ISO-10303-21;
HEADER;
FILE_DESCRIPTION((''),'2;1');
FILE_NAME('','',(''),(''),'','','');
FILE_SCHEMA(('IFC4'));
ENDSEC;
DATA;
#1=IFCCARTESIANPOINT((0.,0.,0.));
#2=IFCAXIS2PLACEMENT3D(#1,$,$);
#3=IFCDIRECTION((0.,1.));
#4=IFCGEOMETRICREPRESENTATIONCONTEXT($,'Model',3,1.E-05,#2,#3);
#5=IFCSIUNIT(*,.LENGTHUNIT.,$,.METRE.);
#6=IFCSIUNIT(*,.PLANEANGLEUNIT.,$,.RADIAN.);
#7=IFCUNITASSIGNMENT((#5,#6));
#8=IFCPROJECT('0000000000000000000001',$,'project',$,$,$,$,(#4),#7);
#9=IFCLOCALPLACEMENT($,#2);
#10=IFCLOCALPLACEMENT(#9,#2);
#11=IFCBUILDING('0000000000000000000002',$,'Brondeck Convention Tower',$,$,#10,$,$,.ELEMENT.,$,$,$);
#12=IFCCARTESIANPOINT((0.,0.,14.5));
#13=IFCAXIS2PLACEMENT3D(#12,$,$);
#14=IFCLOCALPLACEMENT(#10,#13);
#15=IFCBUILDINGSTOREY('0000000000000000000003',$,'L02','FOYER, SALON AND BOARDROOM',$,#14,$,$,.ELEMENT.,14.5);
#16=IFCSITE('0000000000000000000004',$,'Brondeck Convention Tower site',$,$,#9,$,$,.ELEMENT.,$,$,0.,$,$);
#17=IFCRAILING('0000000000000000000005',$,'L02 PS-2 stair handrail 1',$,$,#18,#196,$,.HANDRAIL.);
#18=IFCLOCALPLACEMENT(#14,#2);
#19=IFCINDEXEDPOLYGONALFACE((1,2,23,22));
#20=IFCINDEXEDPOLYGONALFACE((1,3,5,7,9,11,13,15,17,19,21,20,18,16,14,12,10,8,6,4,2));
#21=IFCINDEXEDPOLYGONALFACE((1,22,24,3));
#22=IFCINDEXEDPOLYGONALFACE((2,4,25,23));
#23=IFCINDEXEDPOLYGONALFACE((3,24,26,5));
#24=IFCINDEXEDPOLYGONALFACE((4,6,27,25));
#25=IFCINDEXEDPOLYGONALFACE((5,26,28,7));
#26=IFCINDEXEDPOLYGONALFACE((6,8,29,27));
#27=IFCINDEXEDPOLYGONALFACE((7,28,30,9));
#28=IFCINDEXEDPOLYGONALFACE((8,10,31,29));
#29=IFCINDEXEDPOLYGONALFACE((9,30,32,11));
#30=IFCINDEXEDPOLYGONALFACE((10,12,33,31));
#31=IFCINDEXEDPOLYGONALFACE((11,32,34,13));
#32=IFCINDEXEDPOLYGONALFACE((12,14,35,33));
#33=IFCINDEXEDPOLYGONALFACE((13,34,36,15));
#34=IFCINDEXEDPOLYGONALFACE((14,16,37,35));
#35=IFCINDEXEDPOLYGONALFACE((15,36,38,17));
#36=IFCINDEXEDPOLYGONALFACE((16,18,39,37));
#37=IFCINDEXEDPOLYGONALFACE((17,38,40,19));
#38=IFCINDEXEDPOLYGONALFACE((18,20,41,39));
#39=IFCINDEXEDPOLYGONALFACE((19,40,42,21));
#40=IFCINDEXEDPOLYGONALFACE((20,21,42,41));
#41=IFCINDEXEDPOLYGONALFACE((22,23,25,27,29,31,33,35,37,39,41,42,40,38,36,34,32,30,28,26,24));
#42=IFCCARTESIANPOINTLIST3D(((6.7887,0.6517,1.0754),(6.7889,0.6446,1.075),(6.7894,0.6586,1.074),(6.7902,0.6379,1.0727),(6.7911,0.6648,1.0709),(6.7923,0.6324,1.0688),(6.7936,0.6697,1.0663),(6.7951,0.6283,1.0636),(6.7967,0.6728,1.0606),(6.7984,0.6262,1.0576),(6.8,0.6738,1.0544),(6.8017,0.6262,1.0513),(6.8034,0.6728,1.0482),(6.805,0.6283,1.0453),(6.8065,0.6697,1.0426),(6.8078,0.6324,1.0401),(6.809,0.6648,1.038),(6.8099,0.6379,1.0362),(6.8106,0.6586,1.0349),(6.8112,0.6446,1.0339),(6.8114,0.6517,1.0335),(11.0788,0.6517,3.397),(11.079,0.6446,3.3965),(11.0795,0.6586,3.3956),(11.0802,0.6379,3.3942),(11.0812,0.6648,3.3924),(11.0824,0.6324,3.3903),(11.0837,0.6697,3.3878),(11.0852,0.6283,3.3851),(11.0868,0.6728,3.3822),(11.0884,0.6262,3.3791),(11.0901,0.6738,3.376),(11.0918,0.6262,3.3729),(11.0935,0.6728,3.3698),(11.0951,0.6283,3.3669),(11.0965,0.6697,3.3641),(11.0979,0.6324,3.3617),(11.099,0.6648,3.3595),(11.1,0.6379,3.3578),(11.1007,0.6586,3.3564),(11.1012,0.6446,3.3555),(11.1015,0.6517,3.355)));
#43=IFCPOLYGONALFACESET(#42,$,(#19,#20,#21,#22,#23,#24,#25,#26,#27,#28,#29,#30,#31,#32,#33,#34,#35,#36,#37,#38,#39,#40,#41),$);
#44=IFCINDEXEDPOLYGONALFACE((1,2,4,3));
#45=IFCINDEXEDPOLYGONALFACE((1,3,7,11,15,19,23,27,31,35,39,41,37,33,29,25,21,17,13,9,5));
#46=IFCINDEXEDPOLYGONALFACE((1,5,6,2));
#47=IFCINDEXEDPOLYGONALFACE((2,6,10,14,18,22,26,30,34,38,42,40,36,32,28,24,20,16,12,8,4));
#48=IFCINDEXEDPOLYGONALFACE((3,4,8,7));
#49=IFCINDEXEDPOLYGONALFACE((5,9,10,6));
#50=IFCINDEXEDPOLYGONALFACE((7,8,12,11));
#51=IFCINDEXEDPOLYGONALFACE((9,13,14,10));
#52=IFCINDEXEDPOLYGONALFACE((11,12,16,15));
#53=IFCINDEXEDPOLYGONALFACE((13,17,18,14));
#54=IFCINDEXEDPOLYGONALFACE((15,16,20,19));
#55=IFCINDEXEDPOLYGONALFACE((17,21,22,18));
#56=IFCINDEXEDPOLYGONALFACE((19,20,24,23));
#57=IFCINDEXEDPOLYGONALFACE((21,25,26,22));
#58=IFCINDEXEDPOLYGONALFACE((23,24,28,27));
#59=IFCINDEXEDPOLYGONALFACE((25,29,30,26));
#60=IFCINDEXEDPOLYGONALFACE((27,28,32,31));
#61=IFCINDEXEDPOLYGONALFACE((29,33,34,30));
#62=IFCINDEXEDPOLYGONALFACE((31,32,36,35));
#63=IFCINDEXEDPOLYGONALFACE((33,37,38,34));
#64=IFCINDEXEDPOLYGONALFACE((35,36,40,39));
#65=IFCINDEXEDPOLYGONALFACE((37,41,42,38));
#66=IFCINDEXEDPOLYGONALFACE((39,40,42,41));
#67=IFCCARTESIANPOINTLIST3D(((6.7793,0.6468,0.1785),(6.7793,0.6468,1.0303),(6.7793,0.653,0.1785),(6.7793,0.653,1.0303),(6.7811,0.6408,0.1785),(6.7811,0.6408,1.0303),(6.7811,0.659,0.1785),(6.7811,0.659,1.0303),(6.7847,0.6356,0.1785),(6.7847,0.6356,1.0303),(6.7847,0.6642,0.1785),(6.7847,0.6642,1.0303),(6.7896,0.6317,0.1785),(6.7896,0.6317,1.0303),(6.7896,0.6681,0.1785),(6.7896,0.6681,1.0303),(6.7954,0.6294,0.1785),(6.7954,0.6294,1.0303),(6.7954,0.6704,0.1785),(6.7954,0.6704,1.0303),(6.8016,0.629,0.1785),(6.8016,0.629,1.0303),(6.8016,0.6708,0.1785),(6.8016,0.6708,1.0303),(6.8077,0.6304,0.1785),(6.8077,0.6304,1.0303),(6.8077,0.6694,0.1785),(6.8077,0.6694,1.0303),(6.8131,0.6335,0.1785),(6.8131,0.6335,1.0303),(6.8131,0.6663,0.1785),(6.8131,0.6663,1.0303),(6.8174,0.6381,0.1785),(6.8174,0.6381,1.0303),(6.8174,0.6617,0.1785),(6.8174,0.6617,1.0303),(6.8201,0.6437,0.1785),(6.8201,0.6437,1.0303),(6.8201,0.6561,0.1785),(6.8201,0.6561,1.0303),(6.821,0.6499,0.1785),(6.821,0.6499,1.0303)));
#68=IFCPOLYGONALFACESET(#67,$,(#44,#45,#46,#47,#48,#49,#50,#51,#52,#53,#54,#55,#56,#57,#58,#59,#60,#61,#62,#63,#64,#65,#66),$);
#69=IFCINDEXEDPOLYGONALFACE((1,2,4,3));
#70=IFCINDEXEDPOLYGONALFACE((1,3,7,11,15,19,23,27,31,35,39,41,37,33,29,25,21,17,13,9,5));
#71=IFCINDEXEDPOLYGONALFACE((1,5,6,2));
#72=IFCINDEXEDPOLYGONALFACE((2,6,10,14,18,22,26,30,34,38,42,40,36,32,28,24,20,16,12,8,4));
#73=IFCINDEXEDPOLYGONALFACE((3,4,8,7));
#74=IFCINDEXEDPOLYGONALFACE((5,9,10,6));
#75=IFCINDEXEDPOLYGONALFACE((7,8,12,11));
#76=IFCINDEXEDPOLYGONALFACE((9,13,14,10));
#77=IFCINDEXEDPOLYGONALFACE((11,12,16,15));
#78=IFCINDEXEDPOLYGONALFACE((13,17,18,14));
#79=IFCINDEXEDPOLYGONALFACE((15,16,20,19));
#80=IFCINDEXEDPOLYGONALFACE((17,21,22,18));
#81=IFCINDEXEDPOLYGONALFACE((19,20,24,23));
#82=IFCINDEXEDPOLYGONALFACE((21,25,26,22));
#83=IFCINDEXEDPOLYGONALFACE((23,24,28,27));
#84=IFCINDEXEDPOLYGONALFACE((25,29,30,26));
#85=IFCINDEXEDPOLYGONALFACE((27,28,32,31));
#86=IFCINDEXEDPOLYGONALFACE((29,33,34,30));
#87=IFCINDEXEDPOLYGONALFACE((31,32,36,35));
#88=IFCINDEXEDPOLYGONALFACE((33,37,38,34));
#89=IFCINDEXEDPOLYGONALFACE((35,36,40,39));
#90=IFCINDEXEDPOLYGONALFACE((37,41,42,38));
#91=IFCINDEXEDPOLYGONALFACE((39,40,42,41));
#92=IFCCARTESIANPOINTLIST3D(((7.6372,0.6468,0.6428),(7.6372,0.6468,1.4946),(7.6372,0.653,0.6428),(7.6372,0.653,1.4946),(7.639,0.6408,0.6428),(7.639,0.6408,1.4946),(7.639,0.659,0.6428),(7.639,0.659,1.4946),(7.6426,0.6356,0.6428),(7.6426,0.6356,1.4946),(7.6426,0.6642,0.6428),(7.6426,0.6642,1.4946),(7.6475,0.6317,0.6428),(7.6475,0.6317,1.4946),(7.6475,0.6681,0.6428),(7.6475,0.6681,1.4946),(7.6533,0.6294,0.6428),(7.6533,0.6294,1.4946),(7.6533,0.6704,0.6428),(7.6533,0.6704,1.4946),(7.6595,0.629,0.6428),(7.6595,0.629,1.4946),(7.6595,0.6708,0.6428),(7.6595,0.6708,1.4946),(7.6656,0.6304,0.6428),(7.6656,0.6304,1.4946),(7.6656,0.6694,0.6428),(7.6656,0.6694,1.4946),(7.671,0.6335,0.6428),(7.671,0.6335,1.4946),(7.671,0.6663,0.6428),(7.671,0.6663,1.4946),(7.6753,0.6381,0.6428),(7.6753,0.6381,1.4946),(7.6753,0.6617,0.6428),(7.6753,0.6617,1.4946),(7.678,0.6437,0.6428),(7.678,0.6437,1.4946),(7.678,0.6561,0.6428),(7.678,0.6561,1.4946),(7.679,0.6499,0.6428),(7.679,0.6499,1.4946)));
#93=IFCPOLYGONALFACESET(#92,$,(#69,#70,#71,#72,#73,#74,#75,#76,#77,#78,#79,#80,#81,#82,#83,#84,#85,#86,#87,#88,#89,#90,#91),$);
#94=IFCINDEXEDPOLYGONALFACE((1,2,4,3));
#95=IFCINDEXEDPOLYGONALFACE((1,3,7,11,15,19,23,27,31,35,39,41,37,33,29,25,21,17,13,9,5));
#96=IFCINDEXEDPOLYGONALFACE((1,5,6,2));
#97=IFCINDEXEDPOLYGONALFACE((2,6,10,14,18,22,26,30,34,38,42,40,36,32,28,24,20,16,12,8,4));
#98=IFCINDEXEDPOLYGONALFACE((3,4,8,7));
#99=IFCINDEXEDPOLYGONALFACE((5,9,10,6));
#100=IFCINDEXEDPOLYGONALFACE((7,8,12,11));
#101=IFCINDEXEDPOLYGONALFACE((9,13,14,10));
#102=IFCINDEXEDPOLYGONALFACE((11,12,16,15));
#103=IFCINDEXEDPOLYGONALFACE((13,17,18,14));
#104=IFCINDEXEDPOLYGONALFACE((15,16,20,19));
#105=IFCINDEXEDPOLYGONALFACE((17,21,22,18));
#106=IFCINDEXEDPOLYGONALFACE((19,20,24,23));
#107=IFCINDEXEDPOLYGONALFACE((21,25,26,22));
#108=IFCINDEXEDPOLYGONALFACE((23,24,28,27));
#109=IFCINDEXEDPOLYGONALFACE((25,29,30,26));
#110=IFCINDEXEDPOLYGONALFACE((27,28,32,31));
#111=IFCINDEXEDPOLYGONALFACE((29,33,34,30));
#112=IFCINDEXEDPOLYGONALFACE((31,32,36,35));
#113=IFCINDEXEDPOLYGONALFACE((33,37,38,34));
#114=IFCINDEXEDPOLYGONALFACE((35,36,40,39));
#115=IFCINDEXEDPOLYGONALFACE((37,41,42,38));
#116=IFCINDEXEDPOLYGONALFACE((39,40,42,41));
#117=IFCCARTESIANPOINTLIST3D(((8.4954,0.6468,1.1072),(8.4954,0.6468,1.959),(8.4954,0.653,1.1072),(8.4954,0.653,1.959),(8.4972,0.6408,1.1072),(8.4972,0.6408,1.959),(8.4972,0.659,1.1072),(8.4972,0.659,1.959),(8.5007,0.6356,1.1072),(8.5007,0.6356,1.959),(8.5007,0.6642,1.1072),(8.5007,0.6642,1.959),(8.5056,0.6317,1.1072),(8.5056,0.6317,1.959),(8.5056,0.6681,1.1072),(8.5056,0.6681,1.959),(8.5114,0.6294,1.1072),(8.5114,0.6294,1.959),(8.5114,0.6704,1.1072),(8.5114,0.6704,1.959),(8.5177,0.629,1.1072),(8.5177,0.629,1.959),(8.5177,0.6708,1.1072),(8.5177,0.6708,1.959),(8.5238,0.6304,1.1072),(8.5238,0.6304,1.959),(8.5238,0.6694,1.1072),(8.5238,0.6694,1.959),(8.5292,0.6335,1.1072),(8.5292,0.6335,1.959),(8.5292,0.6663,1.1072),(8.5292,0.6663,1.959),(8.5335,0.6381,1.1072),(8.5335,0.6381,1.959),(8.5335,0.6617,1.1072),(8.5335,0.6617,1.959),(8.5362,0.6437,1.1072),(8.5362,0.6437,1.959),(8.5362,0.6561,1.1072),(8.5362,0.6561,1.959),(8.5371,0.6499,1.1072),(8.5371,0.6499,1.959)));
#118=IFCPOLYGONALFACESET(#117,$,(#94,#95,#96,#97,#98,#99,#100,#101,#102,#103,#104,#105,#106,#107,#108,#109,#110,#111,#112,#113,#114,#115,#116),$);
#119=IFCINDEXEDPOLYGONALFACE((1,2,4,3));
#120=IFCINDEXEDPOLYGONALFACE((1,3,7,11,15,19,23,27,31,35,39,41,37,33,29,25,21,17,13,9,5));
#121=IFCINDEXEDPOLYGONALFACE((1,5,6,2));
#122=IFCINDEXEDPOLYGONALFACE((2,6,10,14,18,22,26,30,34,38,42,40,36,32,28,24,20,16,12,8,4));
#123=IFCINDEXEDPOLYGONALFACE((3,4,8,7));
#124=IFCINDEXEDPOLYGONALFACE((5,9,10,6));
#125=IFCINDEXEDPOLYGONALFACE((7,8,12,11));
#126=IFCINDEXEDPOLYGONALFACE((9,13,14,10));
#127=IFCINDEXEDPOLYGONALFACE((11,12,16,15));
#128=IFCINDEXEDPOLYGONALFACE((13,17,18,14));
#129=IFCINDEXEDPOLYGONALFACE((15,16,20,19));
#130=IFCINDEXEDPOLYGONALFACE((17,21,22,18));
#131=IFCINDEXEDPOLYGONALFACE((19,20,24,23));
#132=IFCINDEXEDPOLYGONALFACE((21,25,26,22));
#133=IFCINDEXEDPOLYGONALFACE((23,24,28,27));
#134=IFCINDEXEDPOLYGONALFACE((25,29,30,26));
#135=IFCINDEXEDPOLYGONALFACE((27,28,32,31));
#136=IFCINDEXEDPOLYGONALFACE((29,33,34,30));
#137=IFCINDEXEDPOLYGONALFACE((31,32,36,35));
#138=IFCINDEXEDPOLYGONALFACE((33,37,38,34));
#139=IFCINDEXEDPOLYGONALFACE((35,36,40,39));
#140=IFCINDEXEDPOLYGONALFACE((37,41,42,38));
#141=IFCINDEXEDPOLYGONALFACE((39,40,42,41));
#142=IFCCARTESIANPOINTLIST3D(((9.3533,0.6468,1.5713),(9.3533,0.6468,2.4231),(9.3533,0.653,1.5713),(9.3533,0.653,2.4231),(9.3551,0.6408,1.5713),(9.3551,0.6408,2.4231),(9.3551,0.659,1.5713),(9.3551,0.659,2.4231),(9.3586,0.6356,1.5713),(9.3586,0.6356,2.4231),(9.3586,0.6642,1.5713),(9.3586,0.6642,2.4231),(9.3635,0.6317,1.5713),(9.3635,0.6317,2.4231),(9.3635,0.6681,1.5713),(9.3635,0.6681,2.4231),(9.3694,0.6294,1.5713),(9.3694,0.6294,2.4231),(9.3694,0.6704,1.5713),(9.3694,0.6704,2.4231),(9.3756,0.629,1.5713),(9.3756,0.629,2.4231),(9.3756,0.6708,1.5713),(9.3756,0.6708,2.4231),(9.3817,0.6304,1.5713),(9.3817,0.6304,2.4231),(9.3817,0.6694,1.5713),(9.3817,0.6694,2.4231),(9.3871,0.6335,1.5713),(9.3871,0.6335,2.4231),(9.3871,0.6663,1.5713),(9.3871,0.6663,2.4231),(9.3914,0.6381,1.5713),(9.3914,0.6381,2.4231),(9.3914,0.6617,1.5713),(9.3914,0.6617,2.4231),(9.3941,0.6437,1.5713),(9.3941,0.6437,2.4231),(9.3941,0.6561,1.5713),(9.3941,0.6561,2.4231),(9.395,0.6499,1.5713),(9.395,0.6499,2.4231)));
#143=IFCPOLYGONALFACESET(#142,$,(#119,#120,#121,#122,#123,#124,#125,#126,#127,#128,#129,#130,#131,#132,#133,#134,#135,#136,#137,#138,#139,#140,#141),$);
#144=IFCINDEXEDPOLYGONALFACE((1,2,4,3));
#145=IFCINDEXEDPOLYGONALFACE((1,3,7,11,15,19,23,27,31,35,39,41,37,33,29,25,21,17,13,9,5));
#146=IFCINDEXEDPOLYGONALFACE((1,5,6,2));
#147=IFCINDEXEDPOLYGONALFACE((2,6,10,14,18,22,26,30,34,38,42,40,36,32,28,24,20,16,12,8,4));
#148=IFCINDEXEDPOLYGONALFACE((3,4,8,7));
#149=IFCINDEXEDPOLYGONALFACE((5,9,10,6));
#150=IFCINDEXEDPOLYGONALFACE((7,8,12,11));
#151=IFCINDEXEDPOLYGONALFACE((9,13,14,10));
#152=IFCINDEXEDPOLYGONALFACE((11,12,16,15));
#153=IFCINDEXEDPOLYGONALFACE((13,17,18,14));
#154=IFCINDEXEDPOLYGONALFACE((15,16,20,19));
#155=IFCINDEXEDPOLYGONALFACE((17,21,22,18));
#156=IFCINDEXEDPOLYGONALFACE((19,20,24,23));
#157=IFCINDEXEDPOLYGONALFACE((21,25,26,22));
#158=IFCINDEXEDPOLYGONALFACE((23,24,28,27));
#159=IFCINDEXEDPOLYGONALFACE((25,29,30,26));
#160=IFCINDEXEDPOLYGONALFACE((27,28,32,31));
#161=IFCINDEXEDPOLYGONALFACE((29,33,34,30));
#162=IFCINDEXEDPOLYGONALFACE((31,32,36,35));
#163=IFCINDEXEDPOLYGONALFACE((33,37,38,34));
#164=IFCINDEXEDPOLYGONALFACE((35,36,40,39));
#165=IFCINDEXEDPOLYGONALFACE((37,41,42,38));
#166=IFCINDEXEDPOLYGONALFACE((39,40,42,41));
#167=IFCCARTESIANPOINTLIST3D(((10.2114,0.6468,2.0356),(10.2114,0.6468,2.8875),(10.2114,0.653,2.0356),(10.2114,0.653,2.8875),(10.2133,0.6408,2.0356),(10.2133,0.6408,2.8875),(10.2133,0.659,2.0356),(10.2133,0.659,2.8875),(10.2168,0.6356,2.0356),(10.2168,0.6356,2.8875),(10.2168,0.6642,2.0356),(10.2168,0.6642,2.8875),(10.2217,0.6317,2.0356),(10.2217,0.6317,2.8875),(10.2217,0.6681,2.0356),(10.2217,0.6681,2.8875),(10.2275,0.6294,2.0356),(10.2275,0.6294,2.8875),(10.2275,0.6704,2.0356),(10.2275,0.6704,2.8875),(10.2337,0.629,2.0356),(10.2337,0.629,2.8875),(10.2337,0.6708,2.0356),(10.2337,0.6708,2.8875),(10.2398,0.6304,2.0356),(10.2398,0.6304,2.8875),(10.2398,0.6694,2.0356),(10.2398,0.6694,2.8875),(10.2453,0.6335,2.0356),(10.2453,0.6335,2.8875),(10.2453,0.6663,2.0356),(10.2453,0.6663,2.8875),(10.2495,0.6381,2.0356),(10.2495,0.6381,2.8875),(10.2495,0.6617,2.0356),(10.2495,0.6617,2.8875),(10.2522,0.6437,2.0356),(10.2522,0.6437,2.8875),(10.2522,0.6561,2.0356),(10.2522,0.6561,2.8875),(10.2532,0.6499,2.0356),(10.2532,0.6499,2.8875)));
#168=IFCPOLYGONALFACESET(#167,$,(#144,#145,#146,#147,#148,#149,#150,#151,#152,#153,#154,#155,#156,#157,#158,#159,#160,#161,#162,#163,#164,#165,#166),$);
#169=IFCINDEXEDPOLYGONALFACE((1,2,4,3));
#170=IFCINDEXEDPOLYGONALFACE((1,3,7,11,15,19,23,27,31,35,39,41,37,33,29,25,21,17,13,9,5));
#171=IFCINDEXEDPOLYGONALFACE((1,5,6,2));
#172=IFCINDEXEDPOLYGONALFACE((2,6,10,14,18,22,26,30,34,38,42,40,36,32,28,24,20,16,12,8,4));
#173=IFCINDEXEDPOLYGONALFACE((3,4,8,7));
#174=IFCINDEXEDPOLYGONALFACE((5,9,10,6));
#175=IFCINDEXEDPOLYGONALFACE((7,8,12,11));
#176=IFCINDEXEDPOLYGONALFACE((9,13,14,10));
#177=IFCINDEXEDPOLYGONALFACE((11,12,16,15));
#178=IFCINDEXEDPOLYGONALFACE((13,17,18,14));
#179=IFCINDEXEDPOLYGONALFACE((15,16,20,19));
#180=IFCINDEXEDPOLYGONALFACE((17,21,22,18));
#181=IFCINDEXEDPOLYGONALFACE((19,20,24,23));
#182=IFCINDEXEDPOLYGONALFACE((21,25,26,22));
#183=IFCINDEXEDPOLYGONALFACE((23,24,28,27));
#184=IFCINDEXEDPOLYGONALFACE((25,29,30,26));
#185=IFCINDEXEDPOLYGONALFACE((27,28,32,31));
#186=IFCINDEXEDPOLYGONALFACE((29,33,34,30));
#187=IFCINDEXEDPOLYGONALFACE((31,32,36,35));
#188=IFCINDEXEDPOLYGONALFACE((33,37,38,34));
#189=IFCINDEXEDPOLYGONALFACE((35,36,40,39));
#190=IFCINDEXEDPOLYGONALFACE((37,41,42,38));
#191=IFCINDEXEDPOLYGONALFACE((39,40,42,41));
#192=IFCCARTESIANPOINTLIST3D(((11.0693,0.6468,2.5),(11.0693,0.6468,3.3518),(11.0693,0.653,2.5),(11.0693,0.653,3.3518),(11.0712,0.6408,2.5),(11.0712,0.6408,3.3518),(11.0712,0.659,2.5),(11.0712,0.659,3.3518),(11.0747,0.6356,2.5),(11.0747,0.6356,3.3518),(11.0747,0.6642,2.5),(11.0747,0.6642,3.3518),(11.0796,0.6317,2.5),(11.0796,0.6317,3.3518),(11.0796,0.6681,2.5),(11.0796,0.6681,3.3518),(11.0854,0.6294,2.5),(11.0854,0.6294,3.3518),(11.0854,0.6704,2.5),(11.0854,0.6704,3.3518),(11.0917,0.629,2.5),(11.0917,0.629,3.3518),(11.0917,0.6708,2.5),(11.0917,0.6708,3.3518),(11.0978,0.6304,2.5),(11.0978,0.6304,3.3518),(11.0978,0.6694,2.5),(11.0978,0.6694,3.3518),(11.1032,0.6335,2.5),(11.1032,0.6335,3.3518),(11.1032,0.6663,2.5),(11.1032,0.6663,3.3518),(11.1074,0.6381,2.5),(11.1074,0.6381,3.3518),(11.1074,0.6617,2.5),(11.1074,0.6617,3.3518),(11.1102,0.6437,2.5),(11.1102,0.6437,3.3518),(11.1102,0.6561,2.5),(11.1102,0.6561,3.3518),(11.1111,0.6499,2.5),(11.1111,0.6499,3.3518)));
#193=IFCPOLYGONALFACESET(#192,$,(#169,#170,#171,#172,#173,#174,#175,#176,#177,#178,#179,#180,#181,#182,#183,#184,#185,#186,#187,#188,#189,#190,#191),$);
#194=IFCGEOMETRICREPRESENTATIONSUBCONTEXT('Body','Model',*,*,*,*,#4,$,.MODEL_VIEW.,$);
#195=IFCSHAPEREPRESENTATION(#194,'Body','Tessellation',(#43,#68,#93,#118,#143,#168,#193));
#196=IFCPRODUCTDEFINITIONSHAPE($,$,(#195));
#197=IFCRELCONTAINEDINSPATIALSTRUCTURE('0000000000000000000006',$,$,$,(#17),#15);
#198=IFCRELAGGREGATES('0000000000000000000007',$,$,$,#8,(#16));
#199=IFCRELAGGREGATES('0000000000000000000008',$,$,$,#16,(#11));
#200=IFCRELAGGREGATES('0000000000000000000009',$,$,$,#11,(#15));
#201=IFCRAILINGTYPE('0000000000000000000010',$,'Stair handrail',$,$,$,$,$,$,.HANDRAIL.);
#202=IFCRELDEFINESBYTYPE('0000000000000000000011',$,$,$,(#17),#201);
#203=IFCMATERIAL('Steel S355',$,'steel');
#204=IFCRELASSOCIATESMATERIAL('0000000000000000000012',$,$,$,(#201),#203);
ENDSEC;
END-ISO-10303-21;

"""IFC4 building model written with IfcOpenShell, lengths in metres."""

from ifc_helpers import new_model, si_unit, direction, frame, origin, origin_2d, place, context, subcontext, project, spatial, circle, extrude, material, type_object, element, save


model = new_model("IFC4")

# Units and contexts
model_context = context("Model", 3, precision=1e-05, world=origin(), true_north=direction((0.0, 1.0)))
body_context = subcontext(model_context, "Body", "Model", "MODEL_VIEW")
ifc_project = project(units=[si_unit("LENGTHUNIT", "METRE"), si_unit("PLANEANGLEUNIT", "RADIAN")], contexts=[model_context])

# Site, building, storey
site_placement = place(None, origin())
site = spatial("IfcSite", under=ifc_project, at=site_placement, Name="Brondeck Convention Tower site", CompositionType="ELEMENT", RefElevation=0.0)
building_placement = place(site_placement, origin())
building = spatial("IfcBuilding", under=site, at=building_placement, Name="Brondeck Convention Tower", CompositionType="ELEMENT")
storey_placement = place(building_placement, frame((0.0, 0.0, 14.5)))
storey = spatial("IfcBuildingStorey", under=building, at=storey_placement, Name="L02", Description="FOYER, SALON AND BOARDROOM", CompositionType="ELEMENT", Elevation=14.5)

# Railing
ifc_material_1 = material(Name="Steel S355", Category="steel")
railing_type_1 = type_object("IfcRailingType", Name="Stair handrail", PredefinedType="HANDRAIL", material=ifc_material_1)
railing_1_placement = place(storey_placement, frame((6.8, 0.6499, 0.1785)))
element("IfcRailing", 1, at=railing_1_placement, inside=storey, type_object=railing_type_1, Name="L02 PS-2 stair handrail 1", PredefinedType="HANDRAIL", context=body_context, shape_type="SweptSolid", body=[
    extrude(circle(Radius=0.0239, at=origin_2d()), frame((0.0, 0.0, 0.876), z_axis=(0.879484, 0.0, 0.475928), x_axis=(0.0, 1.0, 0.0)), (0.0, 0.0, 1.0), 4.8779),
    extrude(circle(Radius=0.021, at=origin_2d()), origin(), (0.0, 0.0, 1.0), 0.8518),
    extrude(circle(Radius=0.021, at=origin_2d()), frame((0.8579, 0.0, 0.4644)), (0.0, 0.0, 1.0), 0.8518),
    extrude(circle(Radius=0.021, at=origin_2d()), frame((1.7161, 0.0, 0.9287)), (0.0, 0.0, 1.0), 0.8518),
    extrude(circle(Radius=0.021, at=origin_2d()), frame((2.574, 0.0, 1.3928)), (0.0, 0.0, 1.0), 0.8518),
    extrude(circle(Radius=0.021, at=origin_2d()), frame((3.4321, 0.0, 1.8572)), (0.0, 0.0, 1.0), 0.8518),
    extrude(circle(Radius=0.021, at=origin_2d()), frame((4.29, 0.0, 2.3215)), (0.0, 0.0, 1.0), 0.8518),
])

save(model, "model.ifc")
